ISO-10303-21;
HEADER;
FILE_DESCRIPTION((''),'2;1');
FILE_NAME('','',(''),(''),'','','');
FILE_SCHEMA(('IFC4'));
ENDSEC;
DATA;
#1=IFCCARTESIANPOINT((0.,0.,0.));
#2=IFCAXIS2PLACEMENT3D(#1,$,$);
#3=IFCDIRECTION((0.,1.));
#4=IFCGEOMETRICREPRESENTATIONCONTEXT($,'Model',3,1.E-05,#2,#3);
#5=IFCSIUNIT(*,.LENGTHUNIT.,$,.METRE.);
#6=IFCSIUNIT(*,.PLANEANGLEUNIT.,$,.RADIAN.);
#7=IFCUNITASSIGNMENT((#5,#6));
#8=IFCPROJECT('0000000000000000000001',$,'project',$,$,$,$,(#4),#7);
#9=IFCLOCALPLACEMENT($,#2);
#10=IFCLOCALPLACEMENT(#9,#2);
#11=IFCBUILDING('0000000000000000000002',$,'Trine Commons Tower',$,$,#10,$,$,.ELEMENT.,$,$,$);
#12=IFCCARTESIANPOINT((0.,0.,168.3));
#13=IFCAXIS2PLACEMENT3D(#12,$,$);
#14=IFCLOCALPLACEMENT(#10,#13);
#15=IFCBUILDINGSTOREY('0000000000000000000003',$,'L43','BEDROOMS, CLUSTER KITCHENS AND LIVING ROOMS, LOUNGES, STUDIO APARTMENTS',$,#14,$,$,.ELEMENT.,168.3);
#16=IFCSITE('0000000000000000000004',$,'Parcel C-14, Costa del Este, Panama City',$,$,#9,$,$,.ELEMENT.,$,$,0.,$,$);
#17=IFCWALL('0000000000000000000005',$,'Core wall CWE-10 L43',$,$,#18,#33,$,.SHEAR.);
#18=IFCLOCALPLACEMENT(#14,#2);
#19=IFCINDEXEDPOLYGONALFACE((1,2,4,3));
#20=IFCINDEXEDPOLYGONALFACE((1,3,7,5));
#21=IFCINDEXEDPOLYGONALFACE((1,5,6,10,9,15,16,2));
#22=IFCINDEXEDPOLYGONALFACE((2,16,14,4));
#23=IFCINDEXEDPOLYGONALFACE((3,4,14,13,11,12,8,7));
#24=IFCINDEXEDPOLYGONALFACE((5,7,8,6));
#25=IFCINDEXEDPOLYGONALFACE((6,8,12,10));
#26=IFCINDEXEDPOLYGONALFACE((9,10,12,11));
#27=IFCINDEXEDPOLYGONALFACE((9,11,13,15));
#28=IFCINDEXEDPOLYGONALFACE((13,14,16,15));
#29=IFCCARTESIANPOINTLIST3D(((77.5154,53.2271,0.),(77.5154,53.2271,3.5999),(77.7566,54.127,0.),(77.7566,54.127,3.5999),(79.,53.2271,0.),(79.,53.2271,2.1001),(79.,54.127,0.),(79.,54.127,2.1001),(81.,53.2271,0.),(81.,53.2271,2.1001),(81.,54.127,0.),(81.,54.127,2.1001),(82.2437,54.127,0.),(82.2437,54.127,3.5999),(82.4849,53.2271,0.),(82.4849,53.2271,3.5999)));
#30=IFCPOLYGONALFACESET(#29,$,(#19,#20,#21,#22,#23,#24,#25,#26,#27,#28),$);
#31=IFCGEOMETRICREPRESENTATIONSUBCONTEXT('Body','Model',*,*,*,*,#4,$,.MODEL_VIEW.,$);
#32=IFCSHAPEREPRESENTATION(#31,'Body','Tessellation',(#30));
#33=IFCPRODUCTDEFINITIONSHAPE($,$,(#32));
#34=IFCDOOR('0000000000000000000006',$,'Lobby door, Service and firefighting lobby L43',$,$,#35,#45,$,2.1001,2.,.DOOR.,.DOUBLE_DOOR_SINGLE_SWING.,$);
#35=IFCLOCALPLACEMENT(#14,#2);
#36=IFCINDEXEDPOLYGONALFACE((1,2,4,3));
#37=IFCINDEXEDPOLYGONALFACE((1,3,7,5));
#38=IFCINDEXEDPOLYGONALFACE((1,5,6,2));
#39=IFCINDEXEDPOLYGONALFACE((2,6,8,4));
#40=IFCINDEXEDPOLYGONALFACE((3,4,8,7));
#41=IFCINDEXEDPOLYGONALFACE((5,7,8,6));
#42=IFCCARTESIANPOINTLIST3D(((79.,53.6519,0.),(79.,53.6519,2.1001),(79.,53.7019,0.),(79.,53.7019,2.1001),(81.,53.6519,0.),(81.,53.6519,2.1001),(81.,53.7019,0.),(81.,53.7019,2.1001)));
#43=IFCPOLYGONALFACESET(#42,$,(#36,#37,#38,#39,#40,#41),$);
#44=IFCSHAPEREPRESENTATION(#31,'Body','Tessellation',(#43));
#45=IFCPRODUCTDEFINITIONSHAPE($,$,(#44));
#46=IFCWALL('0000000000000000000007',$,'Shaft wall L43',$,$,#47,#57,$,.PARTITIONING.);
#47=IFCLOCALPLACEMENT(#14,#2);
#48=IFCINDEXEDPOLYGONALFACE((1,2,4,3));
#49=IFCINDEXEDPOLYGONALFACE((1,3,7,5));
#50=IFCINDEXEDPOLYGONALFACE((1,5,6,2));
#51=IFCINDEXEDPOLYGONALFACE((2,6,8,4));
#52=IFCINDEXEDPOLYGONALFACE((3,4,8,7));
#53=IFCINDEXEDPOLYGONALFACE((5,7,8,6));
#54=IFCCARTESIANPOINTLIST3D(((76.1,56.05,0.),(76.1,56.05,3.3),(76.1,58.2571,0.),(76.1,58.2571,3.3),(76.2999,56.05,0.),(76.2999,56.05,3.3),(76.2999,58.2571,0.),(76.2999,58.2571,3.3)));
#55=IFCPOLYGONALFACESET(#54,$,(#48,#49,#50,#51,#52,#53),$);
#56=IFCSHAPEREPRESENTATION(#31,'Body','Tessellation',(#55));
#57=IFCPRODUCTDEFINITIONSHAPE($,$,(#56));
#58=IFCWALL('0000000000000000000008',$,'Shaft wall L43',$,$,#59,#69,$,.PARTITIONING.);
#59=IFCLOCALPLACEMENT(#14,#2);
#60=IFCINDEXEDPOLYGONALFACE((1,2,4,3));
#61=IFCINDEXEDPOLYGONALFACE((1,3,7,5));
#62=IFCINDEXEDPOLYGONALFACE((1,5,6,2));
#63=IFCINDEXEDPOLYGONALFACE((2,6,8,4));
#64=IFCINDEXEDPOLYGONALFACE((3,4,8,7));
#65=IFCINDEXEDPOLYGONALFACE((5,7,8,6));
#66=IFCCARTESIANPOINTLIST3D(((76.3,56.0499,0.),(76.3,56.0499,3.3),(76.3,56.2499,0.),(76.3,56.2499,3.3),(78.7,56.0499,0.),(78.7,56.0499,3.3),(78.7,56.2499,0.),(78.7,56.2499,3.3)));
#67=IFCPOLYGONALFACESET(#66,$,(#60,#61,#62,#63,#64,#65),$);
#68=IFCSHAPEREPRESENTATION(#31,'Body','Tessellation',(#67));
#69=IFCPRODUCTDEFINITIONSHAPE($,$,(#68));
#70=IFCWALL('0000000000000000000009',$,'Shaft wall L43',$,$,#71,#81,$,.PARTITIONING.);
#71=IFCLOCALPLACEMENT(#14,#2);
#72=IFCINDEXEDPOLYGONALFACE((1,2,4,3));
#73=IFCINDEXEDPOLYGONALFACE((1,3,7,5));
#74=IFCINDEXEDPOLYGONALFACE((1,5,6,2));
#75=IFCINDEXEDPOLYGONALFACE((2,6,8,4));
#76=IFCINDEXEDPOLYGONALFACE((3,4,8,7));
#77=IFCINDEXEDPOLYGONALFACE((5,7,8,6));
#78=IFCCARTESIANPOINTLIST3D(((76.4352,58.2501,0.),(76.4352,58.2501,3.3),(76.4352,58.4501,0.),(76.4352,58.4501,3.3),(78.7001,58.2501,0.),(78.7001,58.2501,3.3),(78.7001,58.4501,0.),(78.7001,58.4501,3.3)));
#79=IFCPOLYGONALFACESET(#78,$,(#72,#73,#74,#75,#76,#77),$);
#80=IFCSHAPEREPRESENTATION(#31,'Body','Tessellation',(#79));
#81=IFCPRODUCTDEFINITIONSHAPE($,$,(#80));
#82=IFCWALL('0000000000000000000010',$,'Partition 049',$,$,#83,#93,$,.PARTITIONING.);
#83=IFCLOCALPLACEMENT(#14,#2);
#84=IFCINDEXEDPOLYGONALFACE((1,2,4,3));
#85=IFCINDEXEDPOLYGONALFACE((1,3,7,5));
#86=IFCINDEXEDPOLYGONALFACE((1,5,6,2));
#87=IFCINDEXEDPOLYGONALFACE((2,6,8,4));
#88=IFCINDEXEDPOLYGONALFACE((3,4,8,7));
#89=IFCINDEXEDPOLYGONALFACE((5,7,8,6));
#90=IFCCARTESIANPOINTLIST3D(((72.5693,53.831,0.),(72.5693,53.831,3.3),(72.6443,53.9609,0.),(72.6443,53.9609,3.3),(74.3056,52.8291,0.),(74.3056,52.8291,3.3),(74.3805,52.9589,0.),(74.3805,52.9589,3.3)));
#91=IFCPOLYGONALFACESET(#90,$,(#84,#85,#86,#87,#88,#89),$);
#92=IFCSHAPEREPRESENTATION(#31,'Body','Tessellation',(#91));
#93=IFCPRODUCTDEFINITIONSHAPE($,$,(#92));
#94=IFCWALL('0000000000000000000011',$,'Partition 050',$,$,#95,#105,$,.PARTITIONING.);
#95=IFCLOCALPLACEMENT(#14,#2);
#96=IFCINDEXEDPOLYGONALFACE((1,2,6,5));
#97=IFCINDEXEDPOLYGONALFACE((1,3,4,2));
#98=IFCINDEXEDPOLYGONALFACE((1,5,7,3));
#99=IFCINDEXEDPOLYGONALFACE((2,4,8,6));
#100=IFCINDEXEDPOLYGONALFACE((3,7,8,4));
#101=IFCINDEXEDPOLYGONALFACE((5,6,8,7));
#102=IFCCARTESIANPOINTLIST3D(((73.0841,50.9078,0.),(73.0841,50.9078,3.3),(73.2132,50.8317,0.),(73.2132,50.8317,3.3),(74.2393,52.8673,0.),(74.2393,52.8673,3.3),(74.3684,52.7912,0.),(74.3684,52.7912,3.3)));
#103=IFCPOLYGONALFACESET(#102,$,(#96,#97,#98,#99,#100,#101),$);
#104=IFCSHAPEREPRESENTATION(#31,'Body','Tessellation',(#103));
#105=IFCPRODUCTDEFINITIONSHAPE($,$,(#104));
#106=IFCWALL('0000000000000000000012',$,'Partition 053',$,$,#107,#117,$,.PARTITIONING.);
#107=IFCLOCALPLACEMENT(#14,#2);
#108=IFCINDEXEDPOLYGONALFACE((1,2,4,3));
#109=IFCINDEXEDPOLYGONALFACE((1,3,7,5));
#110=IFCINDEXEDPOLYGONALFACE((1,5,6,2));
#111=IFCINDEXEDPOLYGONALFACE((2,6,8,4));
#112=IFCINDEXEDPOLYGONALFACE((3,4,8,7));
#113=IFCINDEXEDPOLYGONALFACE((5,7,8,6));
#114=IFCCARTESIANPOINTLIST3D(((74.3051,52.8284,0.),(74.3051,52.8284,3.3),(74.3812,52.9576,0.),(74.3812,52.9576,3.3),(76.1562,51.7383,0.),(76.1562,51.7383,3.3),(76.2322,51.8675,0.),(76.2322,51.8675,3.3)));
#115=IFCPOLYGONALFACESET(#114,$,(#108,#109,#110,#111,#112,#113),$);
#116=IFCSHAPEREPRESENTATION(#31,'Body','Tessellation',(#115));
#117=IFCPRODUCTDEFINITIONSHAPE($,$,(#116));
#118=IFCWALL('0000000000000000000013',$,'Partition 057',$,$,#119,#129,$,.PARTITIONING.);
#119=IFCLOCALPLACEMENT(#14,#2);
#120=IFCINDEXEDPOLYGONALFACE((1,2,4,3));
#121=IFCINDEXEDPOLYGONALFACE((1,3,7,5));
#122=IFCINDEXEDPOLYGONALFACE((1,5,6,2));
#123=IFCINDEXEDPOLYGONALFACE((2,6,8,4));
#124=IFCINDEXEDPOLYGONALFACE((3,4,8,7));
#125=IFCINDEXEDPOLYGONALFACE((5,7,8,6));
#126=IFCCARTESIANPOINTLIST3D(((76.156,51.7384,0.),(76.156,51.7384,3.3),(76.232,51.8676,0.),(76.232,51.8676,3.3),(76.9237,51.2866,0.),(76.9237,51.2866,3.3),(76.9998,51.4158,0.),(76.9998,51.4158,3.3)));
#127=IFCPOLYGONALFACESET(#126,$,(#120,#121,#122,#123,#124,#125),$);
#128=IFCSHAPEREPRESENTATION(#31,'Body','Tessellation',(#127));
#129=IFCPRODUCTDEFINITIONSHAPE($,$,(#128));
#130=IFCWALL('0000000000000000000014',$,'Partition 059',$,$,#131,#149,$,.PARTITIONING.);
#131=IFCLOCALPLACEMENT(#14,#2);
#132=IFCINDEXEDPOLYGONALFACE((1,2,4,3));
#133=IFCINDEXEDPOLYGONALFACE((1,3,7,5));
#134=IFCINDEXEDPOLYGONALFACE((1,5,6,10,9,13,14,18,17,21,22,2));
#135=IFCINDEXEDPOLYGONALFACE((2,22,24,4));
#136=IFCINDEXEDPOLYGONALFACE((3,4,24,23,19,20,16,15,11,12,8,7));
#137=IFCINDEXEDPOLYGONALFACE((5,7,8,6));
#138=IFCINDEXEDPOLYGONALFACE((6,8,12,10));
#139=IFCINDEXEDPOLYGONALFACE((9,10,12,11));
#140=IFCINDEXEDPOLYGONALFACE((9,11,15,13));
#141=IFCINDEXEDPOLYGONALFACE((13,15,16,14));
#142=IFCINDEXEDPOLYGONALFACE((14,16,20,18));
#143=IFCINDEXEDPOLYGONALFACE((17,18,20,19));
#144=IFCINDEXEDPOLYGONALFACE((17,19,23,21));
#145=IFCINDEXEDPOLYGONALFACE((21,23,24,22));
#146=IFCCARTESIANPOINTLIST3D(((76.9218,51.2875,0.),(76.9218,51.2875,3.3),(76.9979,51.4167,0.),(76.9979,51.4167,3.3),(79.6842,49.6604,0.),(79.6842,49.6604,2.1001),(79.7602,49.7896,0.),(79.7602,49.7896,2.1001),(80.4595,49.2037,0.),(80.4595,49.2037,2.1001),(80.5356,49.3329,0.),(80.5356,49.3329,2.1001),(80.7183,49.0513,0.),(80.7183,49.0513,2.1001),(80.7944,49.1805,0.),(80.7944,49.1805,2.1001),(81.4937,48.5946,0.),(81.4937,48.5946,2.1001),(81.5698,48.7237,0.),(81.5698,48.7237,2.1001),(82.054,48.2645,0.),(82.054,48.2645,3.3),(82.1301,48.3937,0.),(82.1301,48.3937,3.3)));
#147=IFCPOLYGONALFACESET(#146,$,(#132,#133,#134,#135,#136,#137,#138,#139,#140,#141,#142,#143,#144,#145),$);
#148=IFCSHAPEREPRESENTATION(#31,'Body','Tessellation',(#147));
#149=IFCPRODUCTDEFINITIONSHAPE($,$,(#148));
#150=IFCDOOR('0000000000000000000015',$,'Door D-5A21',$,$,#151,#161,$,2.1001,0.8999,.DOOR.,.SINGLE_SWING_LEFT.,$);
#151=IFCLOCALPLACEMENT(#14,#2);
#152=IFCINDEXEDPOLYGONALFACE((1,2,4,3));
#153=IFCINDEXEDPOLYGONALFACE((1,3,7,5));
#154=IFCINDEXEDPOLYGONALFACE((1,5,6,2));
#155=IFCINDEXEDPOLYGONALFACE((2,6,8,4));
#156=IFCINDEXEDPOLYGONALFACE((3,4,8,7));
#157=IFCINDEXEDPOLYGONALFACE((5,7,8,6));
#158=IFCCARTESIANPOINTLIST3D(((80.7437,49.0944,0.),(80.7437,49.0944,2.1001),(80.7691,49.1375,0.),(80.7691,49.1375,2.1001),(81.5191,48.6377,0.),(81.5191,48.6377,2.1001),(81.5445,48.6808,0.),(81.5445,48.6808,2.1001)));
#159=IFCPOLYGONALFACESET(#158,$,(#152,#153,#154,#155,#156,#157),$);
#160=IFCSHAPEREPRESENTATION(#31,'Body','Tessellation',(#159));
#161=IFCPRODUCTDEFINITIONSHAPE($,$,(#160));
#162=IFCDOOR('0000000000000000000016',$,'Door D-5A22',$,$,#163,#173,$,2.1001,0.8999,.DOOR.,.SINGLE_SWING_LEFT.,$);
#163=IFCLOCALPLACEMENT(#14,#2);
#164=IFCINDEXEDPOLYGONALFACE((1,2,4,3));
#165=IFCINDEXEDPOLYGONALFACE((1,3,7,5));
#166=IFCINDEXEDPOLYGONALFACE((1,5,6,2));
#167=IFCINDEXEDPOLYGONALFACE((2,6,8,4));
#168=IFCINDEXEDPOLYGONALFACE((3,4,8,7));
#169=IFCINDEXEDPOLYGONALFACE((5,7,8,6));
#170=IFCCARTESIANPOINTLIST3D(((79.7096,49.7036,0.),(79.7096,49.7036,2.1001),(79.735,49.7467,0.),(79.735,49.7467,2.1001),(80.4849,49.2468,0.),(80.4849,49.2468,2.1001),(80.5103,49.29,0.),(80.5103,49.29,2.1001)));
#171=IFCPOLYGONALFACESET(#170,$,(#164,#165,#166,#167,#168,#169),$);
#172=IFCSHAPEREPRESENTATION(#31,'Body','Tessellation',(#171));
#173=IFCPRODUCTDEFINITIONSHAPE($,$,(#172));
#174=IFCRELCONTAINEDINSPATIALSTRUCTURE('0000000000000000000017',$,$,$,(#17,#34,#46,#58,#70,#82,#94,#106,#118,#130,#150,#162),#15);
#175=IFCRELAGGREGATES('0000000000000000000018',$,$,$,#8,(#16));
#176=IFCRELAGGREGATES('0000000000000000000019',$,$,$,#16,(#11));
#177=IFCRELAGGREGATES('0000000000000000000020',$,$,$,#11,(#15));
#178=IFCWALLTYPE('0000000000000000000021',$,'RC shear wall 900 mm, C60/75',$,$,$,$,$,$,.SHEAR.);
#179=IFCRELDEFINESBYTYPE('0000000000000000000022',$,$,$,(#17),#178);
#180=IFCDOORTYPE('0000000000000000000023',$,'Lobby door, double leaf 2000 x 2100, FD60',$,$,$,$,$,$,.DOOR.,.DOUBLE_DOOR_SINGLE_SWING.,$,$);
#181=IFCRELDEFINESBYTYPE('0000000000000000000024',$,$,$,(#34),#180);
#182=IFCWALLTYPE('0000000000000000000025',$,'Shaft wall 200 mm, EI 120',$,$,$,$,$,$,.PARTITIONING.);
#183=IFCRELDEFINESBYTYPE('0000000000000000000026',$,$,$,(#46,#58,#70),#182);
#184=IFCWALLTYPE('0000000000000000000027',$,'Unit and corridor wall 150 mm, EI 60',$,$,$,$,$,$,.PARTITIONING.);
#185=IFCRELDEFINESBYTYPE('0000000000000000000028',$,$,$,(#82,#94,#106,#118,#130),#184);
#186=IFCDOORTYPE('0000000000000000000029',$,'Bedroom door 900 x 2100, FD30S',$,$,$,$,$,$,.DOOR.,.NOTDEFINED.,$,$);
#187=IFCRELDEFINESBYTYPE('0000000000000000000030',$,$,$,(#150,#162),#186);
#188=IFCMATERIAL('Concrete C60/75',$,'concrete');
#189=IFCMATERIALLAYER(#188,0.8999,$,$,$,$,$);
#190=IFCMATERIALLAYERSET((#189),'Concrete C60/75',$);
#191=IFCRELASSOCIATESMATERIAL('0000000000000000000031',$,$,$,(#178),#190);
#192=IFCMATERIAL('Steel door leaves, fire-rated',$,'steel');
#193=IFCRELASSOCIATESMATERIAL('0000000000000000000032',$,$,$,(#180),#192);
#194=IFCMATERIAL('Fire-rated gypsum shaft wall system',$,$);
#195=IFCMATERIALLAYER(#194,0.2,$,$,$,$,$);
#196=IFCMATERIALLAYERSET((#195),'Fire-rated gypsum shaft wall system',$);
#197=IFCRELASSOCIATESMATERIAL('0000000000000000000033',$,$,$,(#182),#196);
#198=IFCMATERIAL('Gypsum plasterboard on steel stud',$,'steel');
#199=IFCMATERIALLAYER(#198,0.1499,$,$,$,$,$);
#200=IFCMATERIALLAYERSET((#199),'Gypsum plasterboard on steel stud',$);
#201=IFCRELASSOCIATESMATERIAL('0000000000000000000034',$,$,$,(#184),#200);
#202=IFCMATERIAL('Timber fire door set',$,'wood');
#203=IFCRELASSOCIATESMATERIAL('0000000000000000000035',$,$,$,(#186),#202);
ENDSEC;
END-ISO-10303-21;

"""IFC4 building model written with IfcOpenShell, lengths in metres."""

from ifc_helpers import new_model, si_unit, direction, frame, frame_2d, origin, place, context, subcontext, project, spatial, polyline, rectangle, outline, extrude, material, layer, layer_set, type_object, element, fill, save


model = new_model("IFC4")

# Units and contexts
model_context = context("Model", 3, precision=1e-05, world=origin(), true_north=direction((0.0, 1.0)))
body_context = subcontext(model_context, "Body", "Model", "MODEL_VIEW")
ifc_project = project(units=[si_unit("LENGTHUNIT", "METRE"), si_unit("PLANEANGLEUNIT", "RADIAN")], contexts=[model_context])

# Site, building, storey
site_placement = place(None, origin())
site = spatial("IfcSite", under=ifc_project, at=site_placement, Name="Parcel C-14, Costa del Este, Panama City", CompositionType="ELEMENT", RefElevation=0.0)
building_placement = place(site_placement, origin())
building = spatial("IfcBuilding", under=site, at=building_placement, Name="Trine Commons Tower", CompositionType="ELEMENT")
storey_placement = place(building_placement, frame((0.0, 0.0, 168.3)))
storey = spatial("IfcBuildingStorey", under=building, at=storey_placement, Name="L43", Description="BEDROOMS, CLUSTER KITCHENS AND LIVING ROOMS, LOUNGES, STUDIO APARTMENTS", CompositionType="ELEMENT", Elevation=168.3)

# Shared definitions
ifc_material_1 = material(Name="Concrete C60/75", Category="concrete")

# Shared definitions
ifc_material_2 = material(Name="Fire-rated gypsum shaft wall system")

# Shared definitions
ifc_layer_1 = layer(ifc_material_1, 0.8999)
ifc_layer_set_1 = layer_set([ifc_layer_1], Name="Concrete C60/75")
wall_type_1 = type_object("IfcWallType", Name="RC shear wall 900 mm, C60/75", PredefinedType="SHEAR", material=ifc_layer_set_1)

# Wall, opening, door
wall_1_placement = place(storey_placement, frame((77.5154, 53.677, 0.0), z_axis=(0.0, 0.0, 1.0), x_axis=(1.0, 0.0, 0.0)))
wall_1 = element("IfcWall", 1, at=wall_1_placement, inside=storey, type_object=wall_type_1, Name="Core wall CWE-10 L43", PredefinedType="SHEAR", context=body_context, shape_type="SweptSolid", body=[
    extrude(outline(polyline([(0.0, -0.45), (4.9695, -0.45), (4.7283, 0.45), (0.2412, 0.45), (0.0, -0.45)])), origin(), (0.0, 0.0, 1.0), 3.5999),
])
opening_1_placement = place(wall_1_placement, frame((1.4846, 0.0, 0.0)))
opening_1 = element("IfcOpeningElement", 2, at=opening_1_placement, cuts=wall_1, PredefinedType="OPENING", context=body_context, shape_type="SweptSolid", body=[
    extrude(rectangle(XDim=2.0, YDim=2.1001, at=frame_2d((1.0, 1.05))), frame((0.0, 0.46, 0.0), z_axis=(0.0, -1.0, 0.0), x_axis=(1.0, 0.0, 0.0)), (0.0, 0.0, 1.0), 0.9199),
])
ifc_material_3 = material(Name="Steel door leaves, fire-rated", Category="steel")
door_type_1 = type_object("IfcDoorType", Name="Lobby door, double leaf 2000 x 2100, FD60", OperationType="DOUBLE_DOOR_SINGLE_SWING", PredefinedType="DOOR", material=ifc_material_3)
door_1_placement = place(opening_1_placement, origin())
door_1 = element("IfcDoor", 3, at=door_1_placement, inside=storey, type_object=door_type_1, Name="Lobby door, Service and firefighting lobby L43", OperationType="DOUBLE_DOOR_SINGLE_SWING", OverallHeight=2.1001, OverallWidth=2.0, PredefinedType="DOOR", context=body_context, shape_type="SweptSolid", body=[
    extrude(rectangle(XDim=2.0, YDim=2.1001, at=frame_2d((1.0, 1.05))), frame((0.0, 0.0249, 0.0), z_axis=(0.0, -1.0, 0.0), x_axis=(1.0, 0.0, 0.0)), (0.0, 0.0, 1.0), 0.05),
])
fill(opening_1, door_1)

# Walls
ifc_layer_2 = layer(ifc_material_2, 0.2)
ifc_layer_set_2 = layer_set([ifc_layer_2], Name="Fire-rated gypsum shaft wall system")
wall_type_2 = type_object("IfcWallType", Name="Shaft wall 200 mm, EI 120", PredefinedType="PARTITIONING", material=ifc_layer_set_2)
wall_2_placement = place(storey_placement, frame((76.2, 58.2571, 0.0), z_axis=(0.0, 0.0, 1.0), x_axis=(0.0, -1.0, 0.0)))
element("IfcWall", 4, at=wall_2_placement, inside=storey, type_object=wall_type_2, Name="Shaft wall L43", PredefinedType="PARTITIONING", context=body_context, shape_type="SweptSolid", body=[
    extrude(rectangle(XDim=2.207, YDim=0.2, at=frame_2d((1.1035, 0.0))), origin(), (0.0, 0.0, 1.0), 3.3),
])
wall_3_placement = place(storey_placement, frame((78.7, 56.1499, 0.0), z_axis=(0.0, 0.0, 1.0), x_axis=(-1.0, 0.0, 0.0)))
element("IfcWall", 5, at=wall_3_placement, inside=storey, type_object=wall_type_2, Name="Shaft wall L43", PredefinedType="PARTITIONING", context=body_context, shape_type="SweptSolid", body=[
    extrude(rectangle(XDim=2.3999, YDim=0.2, at=frame_2d((1.2, 0.0))), origin(), (0.0, 0.0, 1.0), 3.3),
])
wall_4_placement = place(storey_placement, frame((78.7, 58.3501, 0.0), z_axis=(0.0, 0.0, 1.0), x_axis=(-1.0, 0.0, 0.0)))
element("IfcWall", 6, at=wall_4_placement, inside=storey, type_object=wall_type_2, Name="Shaft wall L43", PredefinedType="PARTITIONING", context=body_context, shape_type="SweptSolid", body=[
    extrude(rectangle(XDim=2.2649, YDim=0.2, at=frame_2d((1.1323, 0.0))), origin(), (0.0, 0.0, 1.0), 3.3),
])
ifc_material_4 = material(Name="Gypsum plasterboard on steel stud", Category="steel")
ifc_layer_3 = layer(ifc_material_4, 0.1499)
ifc_layer_set_3 = layer_set([ifc_layer_3], Name="Gypsum plasterboard on steel stud")
wall_type_3 = type_object("IfcWallType", Name="Unit and corridor wall 150 mm, EI 60", PredefinedType="PARTITIONING", material=ifc_layer_set_3)
wall_5_placement = place(storey_placement, frame((72.6067, 53.896, 0.0), z_axis=(0.0, 0.0, 1.0), x_axis=(0.866137, -0.499807, 0.0)))
element("IfcWall", 7, at=wall_5_placement, inside=storey, type_object=wall_type_3, Name="Partition 049", PredefinedType="PARTITIONING", context=body_context, shape_type="SweptSolid", body=[
    extrude(rectangle(XDim=2.0046, YDim=0.1499, at=frame_2d((1.0024, 0.0))), origin(), (0.0, 0.0, 1.0), 3.3),
])
wall_6_placement = place(storey_placement, frame((73.1487, 50.8699, 0.0), z_axis=(0.0, 0.0, 1.0), x_axis=(0.507883, 0.861426, 0.0)))
element("IfcWall", 8, at=wall_6_placement, inside=storey, type_object=wall_type_3, Name="Partition 050", PredefinedType="PARTITIONING", context=body_context, shape_type="SweptSolid", body=[
    extrude(rectangle(XDim=2.2747, YDim=0.1499, at=frame_2d((1.1372, 0.0))), origin(), (0.0, 0.0, 1.0), 3.3),
])
wall_7_placement = place(storey_placement, frame((74.343, 52.8931, 0.0), z_axis=(0.0, 0.0, 1.0), x_axis=(0.861686, -0.507442, 0.0)))
element("IfcWall", 9, at=wall_7_placement, inside=storey, type_object=wall_type_3, Name="Partition 053", PredefinedType="PARTITIONING", context=body_context, shape_type="SweptSolid", body=[
    extrude(rectangle(XDim=2.1482, YDim=0.1499, at=frame_2d((1.0742, 0.0))), origin(), (0.0, 0.0, 1.0), 3.3),
])
wall_8_placement = place(storey_placement, frame((76.1941, 51.803, 0.0), z_axis=(0.0, 0.0, 1.0), x_axis=(0.861814, -0.507224, 0.0)))
element("IfcWall", 10, at=wall_8_placement, inside=storey, type_object=wall_type_3, Name="Partition 057", PredefinedType="PARTITIONING", context=body_context, shape_type="SweptSolid", body=[
    extrude(rectangle(XDim=0.8909, YDim=0.1499, at=frame_2d((0.4453, 0.0))), origin(), (0.0, 0.0, 1.0), 3.3),
])

# Wall, openings, doors
wall_9_placement = place(storey_placement, frame((76.96, 51.3521, 0.0), z_axis=(0.0, 0.0, 1.0), x_axis=(0.861635, -0.507529, 0.0)))
wall_9 = element("IfcWall", 11, at=wall_9_placement, inside=storey, type_object=wall_type_3, Name="Partition 059", PredefinedType="PARTITIONING", context=body_context, shape_type="SweptSolid", body=[
    extrude(rectangle(XDim=5.9563, YDim=0.1499, at=frame_2d((2.978, 0.0))), origin(), (0.0, 0.0, 1.0), 3.3),
])
opening_2_placement = place(wall_9_placement, frame((4.406, 0.0, 0.0)))
opening_2 = element("IfcOpeningElement", 12, at=opening_2_placement, cuts=wall_9, PredefinedType="OPENING", context=body_context, shape_type="SweptSolid", body=[
    extrude(rectangle(XDim=0.8999, YDim=2.1001, at=frame_2d((0.45, 1.05))), frame((0.0, 0.085, 0.0), z_axis=(0.0, -1.0, 0.0), x_axis=(1.0, 0.0, 0.0)), (0.0, 0.0, 1.0), 0.1699),
])
opening_3_placement = place(wall_9_placement, frame((3.2058, 0.0, 0.0)))
opening_3 = element("IfcOpeningElement", 13, at=opening_3_placement, cuts=wall_9, PredefinedType="OPENING", context=body_context, shape_type="SweptSolid", body=[
    extrude(rectangle(XDim=0.8999, YDim=2.1001, at=frame_2d((0.45, 1.05))), frame((0.0, 0.085, 0.0), z_axis=(0.0, -1.0, 0.0), x_axis=(1.0, 0.0, 0.0)), (0.0, 0.0, 1.0), 0.1699),
])
ifc_material_5 = material(Name="Timber fire door set", Category="wood")
door_type_2 = type_object("IfcDoorType", Name="Bedroom door 900 x 2100, FD30S", OperationType="NOTDEFINED", PredefinedType="DOOR", material=ifc_material_5)
door_2_placement = place(opening_2_placement, frame((0.8999, 0.0, 0.0), z_axis=(0.0, 0.0, 1.0), x_axis=(-1.0, 0.0, 0.0)))
door_2 = element("IfcDoor", 14, at=door_2_placement, inside=storey, type_object=door_type_2, Name="Door D-5A21", OperationType="SINGLE_SWING_LEFT", OverallHeight=2.1001, OverallWidth=0.8999, PredefinedType="DOOR", context=body_context, shape_type="SweptSolid", body=[
    extrude(rectangle(XDim=0.8999, YDim=2.1001, at=frame_2d((0.45, 1.05))), frame((0.0, 0.0249, 0.0), z_axis=(0.0, -1.0, 0.0), x_axis=(1.0, 0.0, 0.0)), (0.0, 0.0, 1.0), 0.05),
])
fill(opening_2, door_2)
door_3_placement = place(opening_3_placement, frame((0.8999, 0.0, 0.0), z_axis=(0.0, 0.0, 1.0), x_axis=(-1.0, 0.0, 0.0)))
door_3 = element("IfcDoor", 15, at=door_3_placement, inside=storey, type_object=door_type_2, Name="Door D-5A22", OperationType="SINGLE_SWING_LEFT", OverallHeight=2.1001, OverallWidth=0.8999, PredefinedType="DOOR", context=body_context, shape_type="SweptSolid", body=[
    extrude(rectangle(XDim=0.8999, YDim=2.1001, at=frame_2d((0.45, 1.05))), frame((0.0, 0.0249, 0.0), z_axis=(0.0, -1.0, 0.0), x_axis=(1.0, 0.0, 0.0)), (0.0, 0.0, 1.0), 0.05),
])
fill(opening_3, door_3)

save(model, "model.ifc")
